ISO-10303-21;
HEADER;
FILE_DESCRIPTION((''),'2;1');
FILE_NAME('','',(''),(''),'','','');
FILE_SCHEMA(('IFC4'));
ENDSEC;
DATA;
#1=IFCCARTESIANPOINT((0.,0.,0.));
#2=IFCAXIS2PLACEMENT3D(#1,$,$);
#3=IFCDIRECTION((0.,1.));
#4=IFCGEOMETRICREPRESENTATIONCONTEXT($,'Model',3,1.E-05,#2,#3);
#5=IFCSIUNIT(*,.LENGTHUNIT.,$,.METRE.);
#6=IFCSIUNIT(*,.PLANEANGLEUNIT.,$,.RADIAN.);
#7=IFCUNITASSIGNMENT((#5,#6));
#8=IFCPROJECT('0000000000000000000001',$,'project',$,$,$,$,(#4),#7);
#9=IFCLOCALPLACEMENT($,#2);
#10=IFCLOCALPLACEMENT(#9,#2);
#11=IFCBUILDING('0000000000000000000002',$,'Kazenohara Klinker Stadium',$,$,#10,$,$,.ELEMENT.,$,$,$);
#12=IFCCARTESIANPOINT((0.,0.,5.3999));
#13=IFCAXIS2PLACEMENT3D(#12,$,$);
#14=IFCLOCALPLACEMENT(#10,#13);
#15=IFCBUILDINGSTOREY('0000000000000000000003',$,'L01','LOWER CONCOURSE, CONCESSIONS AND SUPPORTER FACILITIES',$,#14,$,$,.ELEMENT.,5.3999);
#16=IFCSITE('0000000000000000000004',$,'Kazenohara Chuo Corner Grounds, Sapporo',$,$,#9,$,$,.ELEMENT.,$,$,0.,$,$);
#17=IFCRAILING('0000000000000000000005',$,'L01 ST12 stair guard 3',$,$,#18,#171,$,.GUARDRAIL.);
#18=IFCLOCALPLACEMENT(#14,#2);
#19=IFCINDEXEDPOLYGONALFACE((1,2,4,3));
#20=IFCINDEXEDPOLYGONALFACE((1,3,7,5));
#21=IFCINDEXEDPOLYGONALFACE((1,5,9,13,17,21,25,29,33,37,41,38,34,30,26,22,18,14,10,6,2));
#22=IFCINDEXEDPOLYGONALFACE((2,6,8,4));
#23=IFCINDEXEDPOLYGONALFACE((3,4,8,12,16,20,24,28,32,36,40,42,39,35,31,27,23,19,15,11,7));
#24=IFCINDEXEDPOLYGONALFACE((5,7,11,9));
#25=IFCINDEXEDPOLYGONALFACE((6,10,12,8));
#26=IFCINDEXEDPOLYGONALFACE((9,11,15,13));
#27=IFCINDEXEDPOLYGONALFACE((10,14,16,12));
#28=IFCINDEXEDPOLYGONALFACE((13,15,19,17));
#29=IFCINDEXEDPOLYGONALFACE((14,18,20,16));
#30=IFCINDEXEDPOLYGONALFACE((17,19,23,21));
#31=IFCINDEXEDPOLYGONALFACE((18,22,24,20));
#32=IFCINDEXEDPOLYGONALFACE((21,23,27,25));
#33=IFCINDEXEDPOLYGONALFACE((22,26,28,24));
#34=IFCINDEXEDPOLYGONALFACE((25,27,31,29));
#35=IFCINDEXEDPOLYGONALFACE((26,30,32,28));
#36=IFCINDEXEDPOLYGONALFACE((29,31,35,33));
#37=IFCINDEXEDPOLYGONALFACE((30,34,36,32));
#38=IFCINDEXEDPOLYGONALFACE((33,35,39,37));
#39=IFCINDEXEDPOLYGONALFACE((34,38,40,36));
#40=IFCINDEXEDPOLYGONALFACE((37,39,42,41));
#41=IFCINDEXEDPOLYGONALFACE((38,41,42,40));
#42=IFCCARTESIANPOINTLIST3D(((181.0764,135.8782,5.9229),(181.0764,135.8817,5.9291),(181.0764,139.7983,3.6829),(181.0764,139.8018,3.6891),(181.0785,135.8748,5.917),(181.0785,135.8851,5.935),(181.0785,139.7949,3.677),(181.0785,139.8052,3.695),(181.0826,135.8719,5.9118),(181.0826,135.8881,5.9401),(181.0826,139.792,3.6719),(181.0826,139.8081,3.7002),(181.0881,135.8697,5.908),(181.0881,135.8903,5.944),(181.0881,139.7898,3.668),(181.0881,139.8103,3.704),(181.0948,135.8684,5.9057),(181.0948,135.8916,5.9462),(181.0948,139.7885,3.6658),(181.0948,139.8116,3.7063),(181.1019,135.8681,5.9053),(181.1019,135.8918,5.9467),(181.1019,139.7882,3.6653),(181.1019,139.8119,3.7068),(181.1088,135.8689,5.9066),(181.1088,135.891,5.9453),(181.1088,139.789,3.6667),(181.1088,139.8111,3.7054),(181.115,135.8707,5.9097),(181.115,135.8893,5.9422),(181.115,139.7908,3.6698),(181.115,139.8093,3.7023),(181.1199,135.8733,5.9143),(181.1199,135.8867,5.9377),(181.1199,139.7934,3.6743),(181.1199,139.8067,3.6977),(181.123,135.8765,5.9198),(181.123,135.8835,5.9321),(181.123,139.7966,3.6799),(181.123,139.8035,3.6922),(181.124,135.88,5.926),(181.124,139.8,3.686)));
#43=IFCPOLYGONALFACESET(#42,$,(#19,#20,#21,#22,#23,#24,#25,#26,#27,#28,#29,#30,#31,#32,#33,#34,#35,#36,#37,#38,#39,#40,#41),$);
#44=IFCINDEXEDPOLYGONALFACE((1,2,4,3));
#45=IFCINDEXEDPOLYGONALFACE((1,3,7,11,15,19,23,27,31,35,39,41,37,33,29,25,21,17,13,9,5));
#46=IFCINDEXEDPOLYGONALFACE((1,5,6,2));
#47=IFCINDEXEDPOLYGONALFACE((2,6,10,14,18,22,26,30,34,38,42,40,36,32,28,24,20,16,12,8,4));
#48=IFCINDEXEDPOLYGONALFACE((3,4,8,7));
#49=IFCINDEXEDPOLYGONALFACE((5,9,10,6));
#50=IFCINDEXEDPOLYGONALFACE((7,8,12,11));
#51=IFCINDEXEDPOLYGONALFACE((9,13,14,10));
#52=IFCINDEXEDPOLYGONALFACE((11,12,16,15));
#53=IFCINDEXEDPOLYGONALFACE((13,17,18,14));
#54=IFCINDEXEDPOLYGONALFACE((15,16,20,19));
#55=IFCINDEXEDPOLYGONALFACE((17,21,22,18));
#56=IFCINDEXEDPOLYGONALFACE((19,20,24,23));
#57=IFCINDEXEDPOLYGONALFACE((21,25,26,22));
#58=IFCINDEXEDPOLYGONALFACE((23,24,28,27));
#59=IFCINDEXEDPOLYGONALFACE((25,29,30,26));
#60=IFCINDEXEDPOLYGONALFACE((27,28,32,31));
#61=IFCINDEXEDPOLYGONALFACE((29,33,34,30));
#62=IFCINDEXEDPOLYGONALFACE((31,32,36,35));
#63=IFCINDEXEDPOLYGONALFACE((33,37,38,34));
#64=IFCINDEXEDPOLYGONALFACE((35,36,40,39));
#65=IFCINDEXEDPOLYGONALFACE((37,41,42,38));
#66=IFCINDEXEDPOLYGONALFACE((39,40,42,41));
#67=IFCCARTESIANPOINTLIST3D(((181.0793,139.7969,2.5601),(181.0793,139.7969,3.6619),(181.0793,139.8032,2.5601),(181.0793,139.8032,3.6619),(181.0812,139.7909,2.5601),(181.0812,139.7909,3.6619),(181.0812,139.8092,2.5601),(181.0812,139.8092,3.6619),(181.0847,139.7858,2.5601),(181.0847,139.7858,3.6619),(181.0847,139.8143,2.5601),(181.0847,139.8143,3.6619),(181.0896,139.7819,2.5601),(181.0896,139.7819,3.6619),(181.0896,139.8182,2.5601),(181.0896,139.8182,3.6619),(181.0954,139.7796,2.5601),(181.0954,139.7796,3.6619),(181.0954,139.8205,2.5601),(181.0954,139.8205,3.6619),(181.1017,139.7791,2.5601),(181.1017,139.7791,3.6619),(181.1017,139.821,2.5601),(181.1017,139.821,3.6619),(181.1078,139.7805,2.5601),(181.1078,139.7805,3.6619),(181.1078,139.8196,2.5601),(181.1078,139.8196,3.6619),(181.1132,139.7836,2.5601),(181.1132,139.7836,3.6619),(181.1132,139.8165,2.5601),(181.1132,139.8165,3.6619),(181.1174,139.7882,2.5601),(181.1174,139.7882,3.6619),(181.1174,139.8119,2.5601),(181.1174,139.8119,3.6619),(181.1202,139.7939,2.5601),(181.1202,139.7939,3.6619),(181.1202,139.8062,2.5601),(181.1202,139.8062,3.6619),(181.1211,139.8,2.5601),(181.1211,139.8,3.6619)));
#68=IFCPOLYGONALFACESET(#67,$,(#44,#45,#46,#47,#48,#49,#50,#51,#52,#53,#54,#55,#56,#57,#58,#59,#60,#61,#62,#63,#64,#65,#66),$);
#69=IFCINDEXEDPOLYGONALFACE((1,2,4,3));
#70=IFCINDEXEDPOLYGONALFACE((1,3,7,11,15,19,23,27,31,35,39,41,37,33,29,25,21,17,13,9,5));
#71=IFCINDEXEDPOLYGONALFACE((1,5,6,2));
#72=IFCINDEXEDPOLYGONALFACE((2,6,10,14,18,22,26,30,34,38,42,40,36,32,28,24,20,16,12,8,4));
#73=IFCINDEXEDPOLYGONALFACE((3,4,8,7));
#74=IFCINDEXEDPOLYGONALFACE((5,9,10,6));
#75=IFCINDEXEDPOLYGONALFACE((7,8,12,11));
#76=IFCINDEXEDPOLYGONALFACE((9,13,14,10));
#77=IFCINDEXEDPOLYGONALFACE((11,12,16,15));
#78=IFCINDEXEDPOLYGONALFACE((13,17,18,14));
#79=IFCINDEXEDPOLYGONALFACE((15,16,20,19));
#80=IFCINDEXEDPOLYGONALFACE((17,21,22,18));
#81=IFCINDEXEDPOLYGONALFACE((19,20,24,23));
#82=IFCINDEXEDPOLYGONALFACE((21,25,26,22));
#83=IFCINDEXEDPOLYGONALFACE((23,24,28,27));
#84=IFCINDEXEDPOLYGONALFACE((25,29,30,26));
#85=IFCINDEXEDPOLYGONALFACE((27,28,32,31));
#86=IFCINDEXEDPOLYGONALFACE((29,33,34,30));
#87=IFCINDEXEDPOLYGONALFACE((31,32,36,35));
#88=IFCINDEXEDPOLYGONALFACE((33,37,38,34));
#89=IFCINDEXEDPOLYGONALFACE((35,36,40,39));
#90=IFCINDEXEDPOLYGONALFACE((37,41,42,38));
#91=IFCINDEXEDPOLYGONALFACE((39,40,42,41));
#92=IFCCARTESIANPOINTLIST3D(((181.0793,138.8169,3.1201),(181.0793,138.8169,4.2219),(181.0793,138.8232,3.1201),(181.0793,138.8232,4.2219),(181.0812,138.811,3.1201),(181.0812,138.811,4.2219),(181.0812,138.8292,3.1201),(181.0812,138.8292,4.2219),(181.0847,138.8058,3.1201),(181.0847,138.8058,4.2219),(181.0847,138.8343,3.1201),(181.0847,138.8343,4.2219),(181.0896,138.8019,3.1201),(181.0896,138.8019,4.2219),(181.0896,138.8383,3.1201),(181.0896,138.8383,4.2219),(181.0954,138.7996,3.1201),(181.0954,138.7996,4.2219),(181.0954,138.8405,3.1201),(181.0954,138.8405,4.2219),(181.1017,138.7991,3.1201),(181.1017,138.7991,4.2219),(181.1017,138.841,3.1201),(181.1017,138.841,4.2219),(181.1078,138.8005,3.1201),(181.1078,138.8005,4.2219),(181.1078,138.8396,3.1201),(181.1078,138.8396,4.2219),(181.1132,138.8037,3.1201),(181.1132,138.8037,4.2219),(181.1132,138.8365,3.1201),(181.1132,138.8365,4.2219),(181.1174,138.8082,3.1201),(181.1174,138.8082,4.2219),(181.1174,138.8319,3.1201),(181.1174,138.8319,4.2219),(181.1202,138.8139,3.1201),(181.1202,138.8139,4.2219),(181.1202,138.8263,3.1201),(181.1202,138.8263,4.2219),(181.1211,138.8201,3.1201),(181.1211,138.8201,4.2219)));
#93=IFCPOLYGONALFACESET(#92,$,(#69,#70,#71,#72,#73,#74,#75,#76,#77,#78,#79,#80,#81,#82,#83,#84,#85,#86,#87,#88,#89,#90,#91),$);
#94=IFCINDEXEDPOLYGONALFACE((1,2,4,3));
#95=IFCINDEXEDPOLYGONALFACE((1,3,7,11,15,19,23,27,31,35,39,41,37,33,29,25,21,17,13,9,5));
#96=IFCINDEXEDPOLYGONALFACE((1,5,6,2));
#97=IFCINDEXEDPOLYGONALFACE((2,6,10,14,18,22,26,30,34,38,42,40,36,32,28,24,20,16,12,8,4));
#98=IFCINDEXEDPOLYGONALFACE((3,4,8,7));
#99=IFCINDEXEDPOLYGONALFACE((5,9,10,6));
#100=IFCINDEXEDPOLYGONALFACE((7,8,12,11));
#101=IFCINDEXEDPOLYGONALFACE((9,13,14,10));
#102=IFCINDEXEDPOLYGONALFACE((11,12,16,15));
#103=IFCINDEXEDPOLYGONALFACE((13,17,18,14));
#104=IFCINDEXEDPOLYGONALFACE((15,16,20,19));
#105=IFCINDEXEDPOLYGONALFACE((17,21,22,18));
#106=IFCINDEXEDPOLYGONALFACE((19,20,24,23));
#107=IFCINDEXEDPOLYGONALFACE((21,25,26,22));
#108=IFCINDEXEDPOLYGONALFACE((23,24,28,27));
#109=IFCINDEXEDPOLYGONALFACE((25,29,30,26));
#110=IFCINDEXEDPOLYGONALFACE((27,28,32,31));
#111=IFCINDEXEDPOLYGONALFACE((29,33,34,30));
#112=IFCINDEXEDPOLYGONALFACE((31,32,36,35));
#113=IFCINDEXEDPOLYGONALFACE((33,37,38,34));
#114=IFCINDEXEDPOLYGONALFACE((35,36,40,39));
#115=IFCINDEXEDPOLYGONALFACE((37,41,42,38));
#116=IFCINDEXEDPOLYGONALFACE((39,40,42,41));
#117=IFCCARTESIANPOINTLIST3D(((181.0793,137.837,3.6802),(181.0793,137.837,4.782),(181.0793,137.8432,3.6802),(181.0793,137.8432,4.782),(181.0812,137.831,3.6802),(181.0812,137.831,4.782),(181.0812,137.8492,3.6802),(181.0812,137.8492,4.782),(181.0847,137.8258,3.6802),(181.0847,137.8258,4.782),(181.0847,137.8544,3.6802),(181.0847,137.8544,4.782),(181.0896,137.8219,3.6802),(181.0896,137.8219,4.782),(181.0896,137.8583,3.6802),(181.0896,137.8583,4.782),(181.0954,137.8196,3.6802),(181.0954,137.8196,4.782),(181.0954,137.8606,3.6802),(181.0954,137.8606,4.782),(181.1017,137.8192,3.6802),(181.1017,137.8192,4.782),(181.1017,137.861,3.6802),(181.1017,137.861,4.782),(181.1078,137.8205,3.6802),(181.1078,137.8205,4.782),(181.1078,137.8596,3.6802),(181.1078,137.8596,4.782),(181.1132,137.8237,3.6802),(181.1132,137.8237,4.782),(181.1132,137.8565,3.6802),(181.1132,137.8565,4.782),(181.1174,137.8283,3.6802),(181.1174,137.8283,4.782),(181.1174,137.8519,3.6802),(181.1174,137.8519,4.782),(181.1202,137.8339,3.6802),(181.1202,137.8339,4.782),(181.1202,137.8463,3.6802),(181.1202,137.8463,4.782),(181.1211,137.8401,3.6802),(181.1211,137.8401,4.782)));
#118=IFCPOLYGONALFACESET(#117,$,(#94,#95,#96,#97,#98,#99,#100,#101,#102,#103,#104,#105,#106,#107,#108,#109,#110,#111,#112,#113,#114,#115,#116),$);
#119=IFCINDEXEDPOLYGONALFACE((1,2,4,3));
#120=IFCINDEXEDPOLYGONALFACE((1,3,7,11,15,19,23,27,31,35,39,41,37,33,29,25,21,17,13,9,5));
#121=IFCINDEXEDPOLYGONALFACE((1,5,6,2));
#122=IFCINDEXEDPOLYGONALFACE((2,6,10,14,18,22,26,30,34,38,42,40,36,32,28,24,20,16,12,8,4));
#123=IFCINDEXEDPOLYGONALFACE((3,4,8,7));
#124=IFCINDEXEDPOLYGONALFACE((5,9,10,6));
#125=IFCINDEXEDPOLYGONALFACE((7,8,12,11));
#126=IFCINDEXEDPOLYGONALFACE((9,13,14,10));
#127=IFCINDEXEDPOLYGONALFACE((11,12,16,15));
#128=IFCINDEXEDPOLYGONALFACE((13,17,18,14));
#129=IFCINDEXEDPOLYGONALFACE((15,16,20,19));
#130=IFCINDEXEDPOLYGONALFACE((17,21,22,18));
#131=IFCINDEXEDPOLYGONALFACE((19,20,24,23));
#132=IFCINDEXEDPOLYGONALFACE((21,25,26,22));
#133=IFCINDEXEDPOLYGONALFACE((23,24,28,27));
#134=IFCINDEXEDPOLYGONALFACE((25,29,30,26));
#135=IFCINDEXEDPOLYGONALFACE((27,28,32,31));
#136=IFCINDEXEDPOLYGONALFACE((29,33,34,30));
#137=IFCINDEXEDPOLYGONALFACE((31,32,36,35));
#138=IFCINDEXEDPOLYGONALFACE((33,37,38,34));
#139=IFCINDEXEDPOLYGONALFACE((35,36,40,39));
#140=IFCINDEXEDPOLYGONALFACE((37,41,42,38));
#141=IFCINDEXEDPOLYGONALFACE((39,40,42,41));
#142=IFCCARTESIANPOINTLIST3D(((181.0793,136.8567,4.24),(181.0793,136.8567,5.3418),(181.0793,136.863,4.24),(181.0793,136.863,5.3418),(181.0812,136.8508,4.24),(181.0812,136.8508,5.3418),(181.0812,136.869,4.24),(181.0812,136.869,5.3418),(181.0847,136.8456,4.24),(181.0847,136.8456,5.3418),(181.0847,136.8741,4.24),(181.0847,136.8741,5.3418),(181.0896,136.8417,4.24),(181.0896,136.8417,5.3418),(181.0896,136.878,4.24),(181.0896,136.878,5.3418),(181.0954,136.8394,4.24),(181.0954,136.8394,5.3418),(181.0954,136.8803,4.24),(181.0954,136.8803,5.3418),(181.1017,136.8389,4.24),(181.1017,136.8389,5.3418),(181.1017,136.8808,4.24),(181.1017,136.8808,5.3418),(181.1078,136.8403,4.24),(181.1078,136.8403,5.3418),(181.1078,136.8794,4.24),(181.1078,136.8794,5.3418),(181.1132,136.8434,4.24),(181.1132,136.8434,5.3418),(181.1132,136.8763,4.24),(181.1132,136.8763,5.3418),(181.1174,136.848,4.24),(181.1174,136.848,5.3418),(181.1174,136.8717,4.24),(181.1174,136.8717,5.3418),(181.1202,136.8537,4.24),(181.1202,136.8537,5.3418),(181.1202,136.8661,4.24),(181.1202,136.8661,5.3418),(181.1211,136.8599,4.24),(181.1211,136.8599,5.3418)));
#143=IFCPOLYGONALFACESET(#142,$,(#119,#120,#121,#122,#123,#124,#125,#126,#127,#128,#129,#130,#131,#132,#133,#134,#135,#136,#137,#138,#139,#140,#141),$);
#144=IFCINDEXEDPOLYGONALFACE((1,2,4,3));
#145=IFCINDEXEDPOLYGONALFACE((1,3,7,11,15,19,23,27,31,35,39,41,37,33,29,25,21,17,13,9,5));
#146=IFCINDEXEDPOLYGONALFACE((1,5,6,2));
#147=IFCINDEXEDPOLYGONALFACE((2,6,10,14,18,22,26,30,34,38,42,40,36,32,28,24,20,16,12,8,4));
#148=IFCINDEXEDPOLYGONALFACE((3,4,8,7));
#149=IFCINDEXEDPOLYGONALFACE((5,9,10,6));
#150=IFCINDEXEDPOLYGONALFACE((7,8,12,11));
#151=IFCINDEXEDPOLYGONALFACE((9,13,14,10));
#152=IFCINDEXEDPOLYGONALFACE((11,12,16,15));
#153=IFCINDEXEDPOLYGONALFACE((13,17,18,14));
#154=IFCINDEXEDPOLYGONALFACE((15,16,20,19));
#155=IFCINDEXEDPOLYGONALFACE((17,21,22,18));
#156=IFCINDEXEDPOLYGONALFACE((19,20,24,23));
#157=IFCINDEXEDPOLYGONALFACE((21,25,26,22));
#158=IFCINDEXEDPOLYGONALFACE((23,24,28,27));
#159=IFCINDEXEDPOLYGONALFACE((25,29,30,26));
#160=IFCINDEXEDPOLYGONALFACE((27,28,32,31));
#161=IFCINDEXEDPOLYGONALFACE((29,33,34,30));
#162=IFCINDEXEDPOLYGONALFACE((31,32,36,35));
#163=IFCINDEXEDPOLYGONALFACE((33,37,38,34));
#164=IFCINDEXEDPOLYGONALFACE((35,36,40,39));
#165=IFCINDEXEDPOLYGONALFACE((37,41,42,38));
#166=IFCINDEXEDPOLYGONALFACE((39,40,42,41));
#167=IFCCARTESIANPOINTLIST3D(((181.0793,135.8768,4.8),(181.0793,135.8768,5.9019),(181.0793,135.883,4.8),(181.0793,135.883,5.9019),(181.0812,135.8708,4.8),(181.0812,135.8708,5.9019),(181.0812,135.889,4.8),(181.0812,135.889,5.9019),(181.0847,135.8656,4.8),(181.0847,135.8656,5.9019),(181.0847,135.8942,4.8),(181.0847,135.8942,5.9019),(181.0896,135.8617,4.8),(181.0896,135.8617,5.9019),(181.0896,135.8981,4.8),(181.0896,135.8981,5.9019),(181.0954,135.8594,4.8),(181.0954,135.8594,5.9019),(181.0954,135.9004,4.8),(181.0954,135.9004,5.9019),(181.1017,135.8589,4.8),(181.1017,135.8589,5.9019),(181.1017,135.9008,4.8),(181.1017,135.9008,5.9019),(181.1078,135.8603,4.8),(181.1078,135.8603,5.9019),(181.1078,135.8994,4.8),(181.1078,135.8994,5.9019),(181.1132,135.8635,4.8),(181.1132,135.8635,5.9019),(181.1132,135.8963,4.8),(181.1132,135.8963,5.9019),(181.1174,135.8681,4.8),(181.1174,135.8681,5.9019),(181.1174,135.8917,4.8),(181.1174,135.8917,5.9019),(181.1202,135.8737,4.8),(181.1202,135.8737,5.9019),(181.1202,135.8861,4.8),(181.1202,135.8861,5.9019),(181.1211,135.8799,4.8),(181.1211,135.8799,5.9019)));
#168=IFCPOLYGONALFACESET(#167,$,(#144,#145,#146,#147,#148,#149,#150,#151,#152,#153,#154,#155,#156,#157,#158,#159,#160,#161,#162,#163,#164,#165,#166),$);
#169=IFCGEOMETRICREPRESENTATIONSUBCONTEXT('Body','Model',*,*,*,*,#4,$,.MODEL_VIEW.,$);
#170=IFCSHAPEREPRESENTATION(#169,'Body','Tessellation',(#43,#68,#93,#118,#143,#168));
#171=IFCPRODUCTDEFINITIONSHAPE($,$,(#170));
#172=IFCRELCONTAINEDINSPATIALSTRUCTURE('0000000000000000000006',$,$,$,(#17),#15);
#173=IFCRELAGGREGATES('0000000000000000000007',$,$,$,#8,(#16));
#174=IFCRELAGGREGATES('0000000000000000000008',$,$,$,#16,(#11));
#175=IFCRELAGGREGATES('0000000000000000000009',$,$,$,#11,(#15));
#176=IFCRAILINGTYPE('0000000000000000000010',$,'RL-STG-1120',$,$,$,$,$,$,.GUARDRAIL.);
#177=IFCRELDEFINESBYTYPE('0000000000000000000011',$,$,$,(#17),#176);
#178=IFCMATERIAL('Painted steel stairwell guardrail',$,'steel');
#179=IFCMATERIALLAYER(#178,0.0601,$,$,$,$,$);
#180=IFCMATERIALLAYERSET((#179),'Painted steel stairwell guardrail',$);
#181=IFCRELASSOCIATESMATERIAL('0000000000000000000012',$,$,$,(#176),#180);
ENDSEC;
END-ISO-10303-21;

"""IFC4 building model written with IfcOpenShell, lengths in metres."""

from ifc_helpers import new_model, si_unit, direction, frame, origin, origin_2d, place, context, subcontext, project, spatial, circle, extrude, material, layer, layer_set, type_object, element, save


model = new_model("IFC4")

# Units and contexts
model_context = context("Model", 3, precision=1e-05, world=origin(), true_north=direction((0.0, 1.0)))
body_context = subcontext(model_context, "Body", "Model", "MODEL_VIEW")
ifc_project = project(units=[si_unit("LENGTHUNIT", "METRE"), si_unit("PLANEANGLEUNIT", "RADIAN")], contexts=[model_context])

# Site, building, storey
site_placement = place(None, origin())
site = spatial("IfcSite", under=ifc_project, at=site_placement, Name="Kazenohara Chuo Corner Grounds, Sapporo", CompositionType="ELEMENT", RefElevation=0.0)
building_placement = place(site_placement, origin())
building = spatial("IfcBuilding", under=site, at=building_placement, Name="Kazenohara Klinker Stadium", CompositionType="ELEMENT")
storey_placement = place(building_placement, frame((0.0, 0.0, 5.3999)))
storey = spatial("IfcBuildingStorey", under=building, at=storey_placement, Name="L01", Description="LOWER CONCOURSE, CONCESSIONS AND SUPPORTER FACILITIES", CompositionType="ELEMENT", Elevation=5.3999)

# Railing
ifc_material_1 = material(Name="Painted steel stairwell guardrail", Category="steel")
ifc_layer_1 = layer(ifc_material_1, 0.0601)
ifc_layer_set_1 = layer_set([ifc_layer_1], Name="Painted steel stairwell guardrail")
railing_type_1 = type_object("IfcRailingType", Name="RL-STG-1120", PredefinedType="GUARDRAIL", material=ifc_layer_set_1)
railing_1_placement = place(storey_placement, frame((181.1001, 139.8, 2.5601)))
element("IfcRailing", 1, at=railing_1_placement, inside=storey, type_object=railing_type_1, Name="L01 ST12 stair guard 3", PredefinedType="GUARDRAIL", context=body_context, shape_type="SweptSolid", body=[
    extrude(circle(Radius=0.0239, at=origin_2d()), frame((0.0, 0.0, 1.126), z_axis=(0.0, -0.868253, 0.496121), x_axis=(1.0, 0.0, 0.0)), (0.0, 0.0, 1.0), 4.5149),
    extrude(circle(Radius=0.021, at=origin_2d()), origin(), (0.0, 0.0, 1.0), 1.1018),
    extrude(circle(Radius=0.021, at=origin_2d()), frame((0.0, -0.98, 0.5601)), (0.0, 0.0, 1.0), 1.1018),
    extrude(circle(Radius=0.021, at=origin_2d()), frame((0.0, -1.96, 1.1201)), (0.0, 0.0, 1.0), 1.1018),
    extrude(circle(Radius=0.021, at=origin_2d()), frame((0.0, -2.9402, 1.6799)), (0.0, 0.0, 1.0), 1.1018),
    extrude(circle(Radius=0.021, at=origin_2d()), frame((0.0, -3.9202, 2.24)), (0.0, 0.0, 1.0), 1.1018),
])

save(model, "model.ifc")
